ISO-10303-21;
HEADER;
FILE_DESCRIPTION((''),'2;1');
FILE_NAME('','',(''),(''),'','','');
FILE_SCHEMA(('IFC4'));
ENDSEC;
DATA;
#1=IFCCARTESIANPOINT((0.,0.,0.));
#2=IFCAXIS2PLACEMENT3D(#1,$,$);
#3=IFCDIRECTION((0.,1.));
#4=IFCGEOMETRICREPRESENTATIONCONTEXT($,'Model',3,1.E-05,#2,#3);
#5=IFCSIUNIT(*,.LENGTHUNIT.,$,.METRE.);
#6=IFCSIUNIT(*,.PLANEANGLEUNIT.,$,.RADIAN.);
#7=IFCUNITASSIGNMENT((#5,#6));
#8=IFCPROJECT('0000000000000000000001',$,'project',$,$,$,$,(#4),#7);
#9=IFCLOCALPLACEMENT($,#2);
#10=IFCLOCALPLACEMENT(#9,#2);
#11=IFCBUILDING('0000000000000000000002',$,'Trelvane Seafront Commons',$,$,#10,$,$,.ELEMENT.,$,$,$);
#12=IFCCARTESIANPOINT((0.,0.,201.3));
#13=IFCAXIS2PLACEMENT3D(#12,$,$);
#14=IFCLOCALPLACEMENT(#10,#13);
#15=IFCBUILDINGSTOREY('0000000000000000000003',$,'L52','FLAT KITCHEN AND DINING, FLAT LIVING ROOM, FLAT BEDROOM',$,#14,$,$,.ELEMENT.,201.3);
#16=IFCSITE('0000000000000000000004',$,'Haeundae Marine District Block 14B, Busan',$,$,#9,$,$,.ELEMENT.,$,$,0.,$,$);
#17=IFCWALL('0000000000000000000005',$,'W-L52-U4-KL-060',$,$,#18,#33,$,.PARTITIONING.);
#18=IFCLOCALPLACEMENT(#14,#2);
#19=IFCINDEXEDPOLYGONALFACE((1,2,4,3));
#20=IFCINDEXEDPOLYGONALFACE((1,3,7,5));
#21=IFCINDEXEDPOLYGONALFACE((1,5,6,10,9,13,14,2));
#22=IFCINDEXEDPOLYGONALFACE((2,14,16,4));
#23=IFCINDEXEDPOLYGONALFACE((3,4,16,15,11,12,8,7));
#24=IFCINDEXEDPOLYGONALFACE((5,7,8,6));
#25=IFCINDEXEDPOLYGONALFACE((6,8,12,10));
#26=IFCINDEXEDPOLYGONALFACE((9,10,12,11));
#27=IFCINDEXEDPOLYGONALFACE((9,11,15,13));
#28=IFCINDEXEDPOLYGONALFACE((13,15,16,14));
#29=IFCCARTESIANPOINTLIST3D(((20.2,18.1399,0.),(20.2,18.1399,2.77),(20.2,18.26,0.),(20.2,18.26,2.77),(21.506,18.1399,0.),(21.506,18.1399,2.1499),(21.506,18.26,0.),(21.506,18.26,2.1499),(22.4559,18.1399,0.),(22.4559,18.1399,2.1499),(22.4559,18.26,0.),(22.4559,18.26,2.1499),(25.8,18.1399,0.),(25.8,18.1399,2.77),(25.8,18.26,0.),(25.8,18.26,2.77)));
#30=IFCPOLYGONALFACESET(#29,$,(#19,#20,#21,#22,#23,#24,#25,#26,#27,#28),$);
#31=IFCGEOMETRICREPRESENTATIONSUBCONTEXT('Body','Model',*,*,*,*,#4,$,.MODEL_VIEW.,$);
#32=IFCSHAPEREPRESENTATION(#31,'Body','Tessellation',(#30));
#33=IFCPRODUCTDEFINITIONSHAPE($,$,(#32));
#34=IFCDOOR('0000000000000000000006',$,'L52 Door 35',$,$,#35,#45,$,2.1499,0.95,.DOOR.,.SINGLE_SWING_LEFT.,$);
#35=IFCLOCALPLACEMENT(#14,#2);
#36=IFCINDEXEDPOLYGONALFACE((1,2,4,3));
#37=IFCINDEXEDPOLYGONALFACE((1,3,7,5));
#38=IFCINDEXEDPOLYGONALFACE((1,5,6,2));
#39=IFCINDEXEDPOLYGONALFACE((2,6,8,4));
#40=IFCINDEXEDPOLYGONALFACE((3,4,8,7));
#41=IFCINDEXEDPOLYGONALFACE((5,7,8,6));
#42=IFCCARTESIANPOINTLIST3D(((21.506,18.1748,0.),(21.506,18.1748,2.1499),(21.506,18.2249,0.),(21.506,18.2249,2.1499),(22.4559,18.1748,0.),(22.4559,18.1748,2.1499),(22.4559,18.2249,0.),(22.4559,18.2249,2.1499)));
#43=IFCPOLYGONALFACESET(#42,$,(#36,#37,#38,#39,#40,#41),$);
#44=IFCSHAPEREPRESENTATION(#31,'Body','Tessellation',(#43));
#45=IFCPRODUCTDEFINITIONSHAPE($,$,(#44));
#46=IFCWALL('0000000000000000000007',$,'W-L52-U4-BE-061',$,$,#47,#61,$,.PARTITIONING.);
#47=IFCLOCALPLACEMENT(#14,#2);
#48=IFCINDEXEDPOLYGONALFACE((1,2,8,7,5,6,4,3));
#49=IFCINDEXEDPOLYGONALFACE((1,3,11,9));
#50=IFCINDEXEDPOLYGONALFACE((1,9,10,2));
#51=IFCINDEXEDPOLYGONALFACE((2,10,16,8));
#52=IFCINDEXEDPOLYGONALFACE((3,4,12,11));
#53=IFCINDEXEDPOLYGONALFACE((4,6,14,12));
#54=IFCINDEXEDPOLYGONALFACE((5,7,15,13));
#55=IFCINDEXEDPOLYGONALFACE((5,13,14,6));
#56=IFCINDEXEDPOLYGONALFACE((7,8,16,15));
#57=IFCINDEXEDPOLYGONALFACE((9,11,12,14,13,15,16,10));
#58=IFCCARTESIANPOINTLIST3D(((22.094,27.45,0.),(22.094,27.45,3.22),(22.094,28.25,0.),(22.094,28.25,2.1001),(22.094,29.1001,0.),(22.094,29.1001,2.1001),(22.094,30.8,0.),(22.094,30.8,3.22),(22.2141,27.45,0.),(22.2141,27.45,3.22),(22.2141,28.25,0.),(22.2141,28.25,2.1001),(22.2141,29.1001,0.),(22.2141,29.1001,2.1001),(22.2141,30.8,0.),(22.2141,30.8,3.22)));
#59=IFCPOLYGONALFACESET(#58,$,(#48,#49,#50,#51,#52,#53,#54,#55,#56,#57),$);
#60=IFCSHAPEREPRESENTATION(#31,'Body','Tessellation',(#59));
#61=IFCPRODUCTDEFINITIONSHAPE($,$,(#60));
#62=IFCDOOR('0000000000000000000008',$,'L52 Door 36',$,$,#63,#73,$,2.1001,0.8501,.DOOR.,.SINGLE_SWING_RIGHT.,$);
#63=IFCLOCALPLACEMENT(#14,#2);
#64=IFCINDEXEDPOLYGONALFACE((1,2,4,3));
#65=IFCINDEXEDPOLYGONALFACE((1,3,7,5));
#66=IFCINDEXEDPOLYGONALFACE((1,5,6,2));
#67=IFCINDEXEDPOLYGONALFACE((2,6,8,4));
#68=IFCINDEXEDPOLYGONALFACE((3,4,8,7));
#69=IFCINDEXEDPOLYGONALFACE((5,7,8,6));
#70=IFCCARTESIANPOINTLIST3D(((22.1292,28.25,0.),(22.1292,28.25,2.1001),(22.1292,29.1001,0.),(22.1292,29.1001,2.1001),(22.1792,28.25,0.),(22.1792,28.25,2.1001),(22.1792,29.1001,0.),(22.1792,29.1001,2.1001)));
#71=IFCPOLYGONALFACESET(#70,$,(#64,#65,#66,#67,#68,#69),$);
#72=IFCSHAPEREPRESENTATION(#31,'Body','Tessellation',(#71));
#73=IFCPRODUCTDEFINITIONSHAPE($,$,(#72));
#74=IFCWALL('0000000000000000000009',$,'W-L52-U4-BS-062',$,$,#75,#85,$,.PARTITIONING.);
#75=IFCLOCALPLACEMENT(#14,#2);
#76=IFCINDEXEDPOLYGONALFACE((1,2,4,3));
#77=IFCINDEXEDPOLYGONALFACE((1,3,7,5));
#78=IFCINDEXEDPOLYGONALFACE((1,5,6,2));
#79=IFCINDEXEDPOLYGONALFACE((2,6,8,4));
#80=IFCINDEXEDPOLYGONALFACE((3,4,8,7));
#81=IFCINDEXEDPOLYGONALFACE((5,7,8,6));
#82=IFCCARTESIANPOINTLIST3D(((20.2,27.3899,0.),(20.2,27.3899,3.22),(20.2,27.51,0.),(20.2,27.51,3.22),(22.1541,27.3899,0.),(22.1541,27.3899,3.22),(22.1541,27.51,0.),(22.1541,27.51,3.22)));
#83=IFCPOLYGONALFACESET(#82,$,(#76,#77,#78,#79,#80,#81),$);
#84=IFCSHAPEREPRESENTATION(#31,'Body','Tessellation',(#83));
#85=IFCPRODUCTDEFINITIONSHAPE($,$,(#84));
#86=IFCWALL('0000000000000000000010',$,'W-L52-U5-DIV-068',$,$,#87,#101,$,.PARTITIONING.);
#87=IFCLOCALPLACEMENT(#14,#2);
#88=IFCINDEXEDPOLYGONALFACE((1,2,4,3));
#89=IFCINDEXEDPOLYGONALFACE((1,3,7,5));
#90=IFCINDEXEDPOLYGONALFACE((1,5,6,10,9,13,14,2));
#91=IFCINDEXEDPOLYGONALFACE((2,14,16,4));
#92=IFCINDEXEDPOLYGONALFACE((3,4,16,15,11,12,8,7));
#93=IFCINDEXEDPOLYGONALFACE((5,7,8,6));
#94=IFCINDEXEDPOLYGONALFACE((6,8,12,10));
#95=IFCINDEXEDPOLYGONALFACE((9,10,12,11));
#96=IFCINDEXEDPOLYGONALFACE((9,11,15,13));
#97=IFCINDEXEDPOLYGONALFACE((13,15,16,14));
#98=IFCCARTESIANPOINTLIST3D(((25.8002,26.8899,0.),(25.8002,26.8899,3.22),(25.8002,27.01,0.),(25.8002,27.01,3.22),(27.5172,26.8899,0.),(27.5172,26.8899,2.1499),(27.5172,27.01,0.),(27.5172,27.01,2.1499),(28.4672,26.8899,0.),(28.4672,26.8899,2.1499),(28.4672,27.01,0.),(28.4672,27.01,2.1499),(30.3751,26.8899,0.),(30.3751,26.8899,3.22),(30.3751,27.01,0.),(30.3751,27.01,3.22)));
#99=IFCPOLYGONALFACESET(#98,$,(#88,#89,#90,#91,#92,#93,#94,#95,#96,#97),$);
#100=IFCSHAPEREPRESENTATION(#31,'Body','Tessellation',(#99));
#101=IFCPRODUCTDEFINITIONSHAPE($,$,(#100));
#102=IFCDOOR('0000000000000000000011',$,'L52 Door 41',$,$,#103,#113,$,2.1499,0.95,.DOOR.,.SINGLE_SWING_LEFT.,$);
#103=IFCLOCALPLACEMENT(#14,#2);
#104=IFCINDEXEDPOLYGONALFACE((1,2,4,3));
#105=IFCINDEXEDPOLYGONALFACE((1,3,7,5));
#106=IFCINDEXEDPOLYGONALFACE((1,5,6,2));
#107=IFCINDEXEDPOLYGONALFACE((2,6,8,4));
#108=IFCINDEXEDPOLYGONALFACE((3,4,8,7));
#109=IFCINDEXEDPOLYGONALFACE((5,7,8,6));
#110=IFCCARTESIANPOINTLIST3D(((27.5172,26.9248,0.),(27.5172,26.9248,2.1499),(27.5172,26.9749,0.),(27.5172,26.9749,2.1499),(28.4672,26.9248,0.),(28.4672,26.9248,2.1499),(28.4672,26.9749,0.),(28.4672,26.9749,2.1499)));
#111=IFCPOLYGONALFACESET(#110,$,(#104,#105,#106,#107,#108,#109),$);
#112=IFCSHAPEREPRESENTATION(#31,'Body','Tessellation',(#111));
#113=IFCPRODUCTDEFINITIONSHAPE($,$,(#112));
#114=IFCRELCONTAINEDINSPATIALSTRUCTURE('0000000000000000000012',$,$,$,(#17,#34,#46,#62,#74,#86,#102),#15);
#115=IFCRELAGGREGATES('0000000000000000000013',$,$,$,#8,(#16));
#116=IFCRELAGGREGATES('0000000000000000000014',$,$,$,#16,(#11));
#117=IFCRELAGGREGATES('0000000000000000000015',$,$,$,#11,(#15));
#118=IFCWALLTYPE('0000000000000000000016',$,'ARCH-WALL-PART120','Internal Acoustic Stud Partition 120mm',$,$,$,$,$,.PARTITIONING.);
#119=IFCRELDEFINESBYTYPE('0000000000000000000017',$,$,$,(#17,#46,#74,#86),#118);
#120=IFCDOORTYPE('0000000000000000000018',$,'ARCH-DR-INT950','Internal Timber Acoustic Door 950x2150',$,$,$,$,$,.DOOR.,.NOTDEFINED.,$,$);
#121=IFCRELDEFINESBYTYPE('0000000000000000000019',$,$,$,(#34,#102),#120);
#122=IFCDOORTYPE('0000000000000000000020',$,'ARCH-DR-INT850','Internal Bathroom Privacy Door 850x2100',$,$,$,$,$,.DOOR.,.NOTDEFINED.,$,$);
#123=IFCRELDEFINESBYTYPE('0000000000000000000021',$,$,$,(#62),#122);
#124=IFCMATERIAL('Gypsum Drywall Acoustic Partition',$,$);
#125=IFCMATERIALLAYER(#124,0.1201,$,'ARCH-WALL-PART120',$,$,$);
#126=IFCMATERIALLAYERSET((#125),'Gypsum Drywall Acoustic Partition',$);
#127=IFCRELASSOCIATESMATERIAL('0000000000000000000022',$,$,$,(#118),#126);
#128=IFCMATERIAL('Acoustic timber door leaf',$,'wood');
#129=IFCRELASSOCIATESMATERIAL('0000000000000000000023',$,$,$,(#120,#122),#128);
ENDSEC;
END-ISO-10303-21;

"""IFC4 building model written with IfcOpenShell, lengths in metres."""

from ifc_helpers import new_model, si_unit, direction, frame, frame_2d, origin, place, context, subcontext, project, spatial, rectangle, extrude, source, transform, mapped, material, layer, layer_set, type_object, element, fill, save


model = new_model("IFC4")

# Units and contexts
model_context = context("Model", 3, precision=1e-05, world=origin(), true_north=direction((0.0, 1.0)))
body_context = subcontext(model_context, "Body", "Model", "MODEL_VIEW")
ifc_project = project(units=[si_unit("LENGTHUNIT", "METRE"), si_unit("PLANEANGLEUNIT", "RADIAN")], contexts=[model_context])

# Site, building, storey
site_placement = place(None, origin())
site = spatial("IfcSite", under=ifc_project, at=site_placement, Name="Haeundae Marine District Block 14B, Busan", CompositionType="ELEMENT", RefElevation=0.0)
building_placement = place(site_placement, origin())
building = spatial("IfcBuilding", under=site, at=building_placement, Name="Trelvane Seafront Commons", CompositionType="ELEMENT")
storey_placement = place(building_placement, frame((0.0, 0.0, 201.3)))
storey = spatial("IfcBuildingStorey", under=building, at=storey_placement, Name="L52", Description="FLAT KITCHEN AND DINING, FLAT LIVING ROOM, FLAT BEDROOM", CompositionType="ELEMENT", Elevation=201.3)

# Walls, openings, doors
ifc_material_1 = material(Name="Gypsum Drywall Acoustic Partition")
ifc_layer = layer(ifc_material_1, 0.1201, Name="ARCH-WALL-PART120")
ifc_layer_set = layer_set([ifc_layer], Name="Gypsum Drywall Acoustic Partition")
wall_type = type_object("IfcWallType", Name="ARCH-WALL-PART120", Description="Internal Acoustic Stud Partition 120mm", PredefinedType="PARTITIONING", material=ifc_layer_set)
ifc_material_2 = material(Name="Acoustic timber door leaf", Category="wood")
door_type_1 = type_object("IfcDoorType", Name="ARCH-DR-INT950", Description="Internal Timber Acoustic Door 950x2150", OperationType="NOTDEFINED", PredefinedType="DOOR", material=ifc_material_2)
shared_shape_1 = source(origin(), body_context, "Body", "SweptSolid", [
    extrude(rectangle(XDim=0.95, YDim=2.1499, at=frame_2d((0.4751, 1.075))), frame((0.0, 0.0249, 0.0), z_axis=(0.0, -1.0, 0.0), x_axis=(1.0, 0.0, 0.0)), (0.0, 0.0, 1.0), 0.05),
])
wall_1_placement = place(storey_placement, frame((20.2, 18.2, 0.0), z_axis=(0.0, 0.0, 1.0), x_axis=(1.0, 0.0, 0.0)))
wall_1 = element("IfcWall", 1, at=wall_1_placement, inside=storey, type_object=wall_type, Name="W-L52-U4-KL-060", PredefinedType="PARTITIONING", context=body_context, shape_type="SweptSolid", body=[
    extrude(rectangle(XDim=5.6001, YDim=0.1201, at=frame_2d((2.8, 0.0))), origin(), (0.0, 0.0, 1.0), 2.77),
])
opening_1_placement = place(wall_1_placement, frame((1.3059, 0.0, 0.0)))
opening_1 = element("IfcOpeningElement", 2, at=opening_1_placement, cuts=wall_1, PredefinedType="OPENING", context=body_context, shape_type="SweptSolid", body=[
    extrude(rectangle(XDim=0.95, YDim=2.1499, at=frame_2d((0.4751, 1.075))), frame((0.0, 0.0701, 0.0), z_axis=(0.0, -1.0, 0.0), x_axis=(1.0, 0.0, 0.0)), (0.0, 0.0, 1.0), 0.1401),
])
door_1_placement = place(opening_1_placement, origin())
door_1 = element("IfcDoor", 3, at=door_1_placement, inside=storey, type_object=door_type_1, Name="L52 Door 35", OperationType="SINGLE_SWING_LEFT", OverallHeight=2.1499, OverallWidth=0.95, PredefinedType="DOOR", context=body_context, shape_type="MappedRepresentation", body=[
    mapped(shared_shape_1, transform((0.0, 0.0, 0.0), x_axis=(1.0, 0.0, 0.0), y_axis=(0.0, 1.0, 0.0), z_axis=(0.0, 0.0, 1.0), scale=1.0)),
])
fill(opening_1, door_1)
wall_2_placement = place(storey_placement, frame((22.1541, 27.45, 0.0), z_axis=(0.0, 0.0, 1.0), x_axis=(0.0, 1.0, 0.0)))
wall_2 = element("IfcWall", 4, at=wall_2_placement, inside=storey, type_object=wall_type, Name="W-L52-U4-BE-061", PredefinedType="PARTITIONING", context=body_context, shape_type="SweptSolid", body=[
    extrude(rectangle(XDim=3.3501, YDim=0.1201, at=frame_2d((1.675, 0.0))), origin(), (0.0, 0.0, 1.0), 3.22),
])
opening_2_placement = place(wall_2_placement, frame((0.8, 0.0, 0.0)))
opening_2 = element("IfcOpeningElement", 5, at=opening_2_placement, cuts=wall_2, PredefinedType="OPENING", context=body_context, shape_type="SweptSolid", body=[
    extrude(rectangle(XDim=0.8501, YDim=2.1001, at=frame_2d((0.425, 1.05))), frame((0.0, 0.0701, 0.0), z_axis=(0.0, -1.0, 0.0), x_axis=(1.0, 0.0, 0.0)), (0.0, 0.0, 1.0), 0.1401),
])
door_type_2 = type_object("IfcDoorType", Name="ARCH-DR-INT850", Description="Internal Bathroom Privacy Door 850x2100", OperationType="NOTDEFINED", PredefinedType="DOOR", material=ifc_material_2)
shared_shape_2 = source(origin(), body_context, "Body", "SweptSolid", [
    extrude(rectangle(XDim=0.8501, YDim=2.1001, at=frame_2d((0.425, 1.05))), frame((0.0, 0.0249, 0.0), z_axis=(0.0, -1.0, 0.0), x_axis=(1.0, 0.0, 0.0)), (0.0, 0.0, 1.0), 0.05),
])
door_2_placement = place(opening_2_placement, origin())
door_2 = element("IfcDoor", 6, at=door_2_placement, inside=storey, type_object=door_type_2, Name="L52 Door 36", OperationType="SINGLE_SWING_RIGHT", OverallHeight=2.1001, OverallWidth=0.8501, PredefinedType="DOOR", context=body_context, shape_type="MappedRepresentation", body=[
    mapped(shared_shape_2, transform((0.0, 0.0, 0.0), x_axis=(1.0, 0.0, 0.0), y_axis=(0.0, 1.0, 0.0), z_axis=(0.0, 0.0, 1.0), scale=1.0)),
])
fill(opening_2, door_2)

# Wall
wall_3_placement = place(storey_placement, frame((20.2, 27.45, 0.0), z_axis=(0.0, 0.0, 1.0), x_axis=(1.0, 0.0, 0.0)))
element("IfcWall", 7, at=wall_3_placement, inside=storey, type_object=wall_type, Name="W-L52-U4-BS-062", PredefinedType="PARTITIONING", context=body_context, shape_type="SweptSolid", body=[
    extrude(rectangle(XDim=1.9541, YDim=0.1201, at=frame_2d((0.9771, 0.0))), origin(), (0.0, 0.0, 1.0), 3.22),
])

# Wall, opening, door
wall_4_placement = place(storey_placement, frame((25.8, 26.95, 0.0), z_axis=(0.0, 0.0, 1.0), x_axis=(1.0, 0.0, 0.0)))
wall_4 = element("IfcWall", 8, at=wall_4_placement, inside=storey, type_object=wall_type, Name="W-L52-U5-DIV-068", PredefinedType="PARTITIONING", context=body_context, shape_type="SweptSolid", body=[
    extrude(rectangle(XDim=4.575, YDim=0.1201, at=frame_2d((2.2876, 0.0))), origin(), (0.0, 0.0, 1.0), 3.22),
])
opening_3_placement = place(wall_4_placement, frame((1.717, 0.0, 0.0)))
opening_3 = element("IfcOpeningElement", 9, at=opening_3_placement, cuts=wall_4, PredefinedType="OPENING", context=body_context, shape_type="SweptSolid", body=[
    extrude(rectangle(XDim=0.95, YDim=2.1499, at=frame_2d((0.4751, 1.075))), frame((0.0, 0.0701, 0.0), z_axis=(0.0, -1.0, 0.0), x_axis=(1.0, 0.0, 0.0)), (0.0, 0.0, 1.0), 0.1401),
])
door_3_placement = place(opening_3_placement, origin())
door_3 = element("IfcDoor", 10, at=door_3_placement, inside=storey, type_object=door_type_1, Name="L52 Door 41", OperationType="SINGLE_SWING_LEFT", OverallHeight=2.1499, OverallWidth=0.95, PredefinedType="DOOR", context=body_context, shape_type="MappedRepresentation", body=[
    mapped(shared_shape_1, transform((0.0, 0.0, 0.0), x_axis=(1.0, 0.0, 0.0), y_axis=(0.0, 1.0, 0.0), z_axis=(0.0, 0.0, 1.0), scale=1.0)),
])
fill(opening_3, door_3)

save(model, "model.ifc")
